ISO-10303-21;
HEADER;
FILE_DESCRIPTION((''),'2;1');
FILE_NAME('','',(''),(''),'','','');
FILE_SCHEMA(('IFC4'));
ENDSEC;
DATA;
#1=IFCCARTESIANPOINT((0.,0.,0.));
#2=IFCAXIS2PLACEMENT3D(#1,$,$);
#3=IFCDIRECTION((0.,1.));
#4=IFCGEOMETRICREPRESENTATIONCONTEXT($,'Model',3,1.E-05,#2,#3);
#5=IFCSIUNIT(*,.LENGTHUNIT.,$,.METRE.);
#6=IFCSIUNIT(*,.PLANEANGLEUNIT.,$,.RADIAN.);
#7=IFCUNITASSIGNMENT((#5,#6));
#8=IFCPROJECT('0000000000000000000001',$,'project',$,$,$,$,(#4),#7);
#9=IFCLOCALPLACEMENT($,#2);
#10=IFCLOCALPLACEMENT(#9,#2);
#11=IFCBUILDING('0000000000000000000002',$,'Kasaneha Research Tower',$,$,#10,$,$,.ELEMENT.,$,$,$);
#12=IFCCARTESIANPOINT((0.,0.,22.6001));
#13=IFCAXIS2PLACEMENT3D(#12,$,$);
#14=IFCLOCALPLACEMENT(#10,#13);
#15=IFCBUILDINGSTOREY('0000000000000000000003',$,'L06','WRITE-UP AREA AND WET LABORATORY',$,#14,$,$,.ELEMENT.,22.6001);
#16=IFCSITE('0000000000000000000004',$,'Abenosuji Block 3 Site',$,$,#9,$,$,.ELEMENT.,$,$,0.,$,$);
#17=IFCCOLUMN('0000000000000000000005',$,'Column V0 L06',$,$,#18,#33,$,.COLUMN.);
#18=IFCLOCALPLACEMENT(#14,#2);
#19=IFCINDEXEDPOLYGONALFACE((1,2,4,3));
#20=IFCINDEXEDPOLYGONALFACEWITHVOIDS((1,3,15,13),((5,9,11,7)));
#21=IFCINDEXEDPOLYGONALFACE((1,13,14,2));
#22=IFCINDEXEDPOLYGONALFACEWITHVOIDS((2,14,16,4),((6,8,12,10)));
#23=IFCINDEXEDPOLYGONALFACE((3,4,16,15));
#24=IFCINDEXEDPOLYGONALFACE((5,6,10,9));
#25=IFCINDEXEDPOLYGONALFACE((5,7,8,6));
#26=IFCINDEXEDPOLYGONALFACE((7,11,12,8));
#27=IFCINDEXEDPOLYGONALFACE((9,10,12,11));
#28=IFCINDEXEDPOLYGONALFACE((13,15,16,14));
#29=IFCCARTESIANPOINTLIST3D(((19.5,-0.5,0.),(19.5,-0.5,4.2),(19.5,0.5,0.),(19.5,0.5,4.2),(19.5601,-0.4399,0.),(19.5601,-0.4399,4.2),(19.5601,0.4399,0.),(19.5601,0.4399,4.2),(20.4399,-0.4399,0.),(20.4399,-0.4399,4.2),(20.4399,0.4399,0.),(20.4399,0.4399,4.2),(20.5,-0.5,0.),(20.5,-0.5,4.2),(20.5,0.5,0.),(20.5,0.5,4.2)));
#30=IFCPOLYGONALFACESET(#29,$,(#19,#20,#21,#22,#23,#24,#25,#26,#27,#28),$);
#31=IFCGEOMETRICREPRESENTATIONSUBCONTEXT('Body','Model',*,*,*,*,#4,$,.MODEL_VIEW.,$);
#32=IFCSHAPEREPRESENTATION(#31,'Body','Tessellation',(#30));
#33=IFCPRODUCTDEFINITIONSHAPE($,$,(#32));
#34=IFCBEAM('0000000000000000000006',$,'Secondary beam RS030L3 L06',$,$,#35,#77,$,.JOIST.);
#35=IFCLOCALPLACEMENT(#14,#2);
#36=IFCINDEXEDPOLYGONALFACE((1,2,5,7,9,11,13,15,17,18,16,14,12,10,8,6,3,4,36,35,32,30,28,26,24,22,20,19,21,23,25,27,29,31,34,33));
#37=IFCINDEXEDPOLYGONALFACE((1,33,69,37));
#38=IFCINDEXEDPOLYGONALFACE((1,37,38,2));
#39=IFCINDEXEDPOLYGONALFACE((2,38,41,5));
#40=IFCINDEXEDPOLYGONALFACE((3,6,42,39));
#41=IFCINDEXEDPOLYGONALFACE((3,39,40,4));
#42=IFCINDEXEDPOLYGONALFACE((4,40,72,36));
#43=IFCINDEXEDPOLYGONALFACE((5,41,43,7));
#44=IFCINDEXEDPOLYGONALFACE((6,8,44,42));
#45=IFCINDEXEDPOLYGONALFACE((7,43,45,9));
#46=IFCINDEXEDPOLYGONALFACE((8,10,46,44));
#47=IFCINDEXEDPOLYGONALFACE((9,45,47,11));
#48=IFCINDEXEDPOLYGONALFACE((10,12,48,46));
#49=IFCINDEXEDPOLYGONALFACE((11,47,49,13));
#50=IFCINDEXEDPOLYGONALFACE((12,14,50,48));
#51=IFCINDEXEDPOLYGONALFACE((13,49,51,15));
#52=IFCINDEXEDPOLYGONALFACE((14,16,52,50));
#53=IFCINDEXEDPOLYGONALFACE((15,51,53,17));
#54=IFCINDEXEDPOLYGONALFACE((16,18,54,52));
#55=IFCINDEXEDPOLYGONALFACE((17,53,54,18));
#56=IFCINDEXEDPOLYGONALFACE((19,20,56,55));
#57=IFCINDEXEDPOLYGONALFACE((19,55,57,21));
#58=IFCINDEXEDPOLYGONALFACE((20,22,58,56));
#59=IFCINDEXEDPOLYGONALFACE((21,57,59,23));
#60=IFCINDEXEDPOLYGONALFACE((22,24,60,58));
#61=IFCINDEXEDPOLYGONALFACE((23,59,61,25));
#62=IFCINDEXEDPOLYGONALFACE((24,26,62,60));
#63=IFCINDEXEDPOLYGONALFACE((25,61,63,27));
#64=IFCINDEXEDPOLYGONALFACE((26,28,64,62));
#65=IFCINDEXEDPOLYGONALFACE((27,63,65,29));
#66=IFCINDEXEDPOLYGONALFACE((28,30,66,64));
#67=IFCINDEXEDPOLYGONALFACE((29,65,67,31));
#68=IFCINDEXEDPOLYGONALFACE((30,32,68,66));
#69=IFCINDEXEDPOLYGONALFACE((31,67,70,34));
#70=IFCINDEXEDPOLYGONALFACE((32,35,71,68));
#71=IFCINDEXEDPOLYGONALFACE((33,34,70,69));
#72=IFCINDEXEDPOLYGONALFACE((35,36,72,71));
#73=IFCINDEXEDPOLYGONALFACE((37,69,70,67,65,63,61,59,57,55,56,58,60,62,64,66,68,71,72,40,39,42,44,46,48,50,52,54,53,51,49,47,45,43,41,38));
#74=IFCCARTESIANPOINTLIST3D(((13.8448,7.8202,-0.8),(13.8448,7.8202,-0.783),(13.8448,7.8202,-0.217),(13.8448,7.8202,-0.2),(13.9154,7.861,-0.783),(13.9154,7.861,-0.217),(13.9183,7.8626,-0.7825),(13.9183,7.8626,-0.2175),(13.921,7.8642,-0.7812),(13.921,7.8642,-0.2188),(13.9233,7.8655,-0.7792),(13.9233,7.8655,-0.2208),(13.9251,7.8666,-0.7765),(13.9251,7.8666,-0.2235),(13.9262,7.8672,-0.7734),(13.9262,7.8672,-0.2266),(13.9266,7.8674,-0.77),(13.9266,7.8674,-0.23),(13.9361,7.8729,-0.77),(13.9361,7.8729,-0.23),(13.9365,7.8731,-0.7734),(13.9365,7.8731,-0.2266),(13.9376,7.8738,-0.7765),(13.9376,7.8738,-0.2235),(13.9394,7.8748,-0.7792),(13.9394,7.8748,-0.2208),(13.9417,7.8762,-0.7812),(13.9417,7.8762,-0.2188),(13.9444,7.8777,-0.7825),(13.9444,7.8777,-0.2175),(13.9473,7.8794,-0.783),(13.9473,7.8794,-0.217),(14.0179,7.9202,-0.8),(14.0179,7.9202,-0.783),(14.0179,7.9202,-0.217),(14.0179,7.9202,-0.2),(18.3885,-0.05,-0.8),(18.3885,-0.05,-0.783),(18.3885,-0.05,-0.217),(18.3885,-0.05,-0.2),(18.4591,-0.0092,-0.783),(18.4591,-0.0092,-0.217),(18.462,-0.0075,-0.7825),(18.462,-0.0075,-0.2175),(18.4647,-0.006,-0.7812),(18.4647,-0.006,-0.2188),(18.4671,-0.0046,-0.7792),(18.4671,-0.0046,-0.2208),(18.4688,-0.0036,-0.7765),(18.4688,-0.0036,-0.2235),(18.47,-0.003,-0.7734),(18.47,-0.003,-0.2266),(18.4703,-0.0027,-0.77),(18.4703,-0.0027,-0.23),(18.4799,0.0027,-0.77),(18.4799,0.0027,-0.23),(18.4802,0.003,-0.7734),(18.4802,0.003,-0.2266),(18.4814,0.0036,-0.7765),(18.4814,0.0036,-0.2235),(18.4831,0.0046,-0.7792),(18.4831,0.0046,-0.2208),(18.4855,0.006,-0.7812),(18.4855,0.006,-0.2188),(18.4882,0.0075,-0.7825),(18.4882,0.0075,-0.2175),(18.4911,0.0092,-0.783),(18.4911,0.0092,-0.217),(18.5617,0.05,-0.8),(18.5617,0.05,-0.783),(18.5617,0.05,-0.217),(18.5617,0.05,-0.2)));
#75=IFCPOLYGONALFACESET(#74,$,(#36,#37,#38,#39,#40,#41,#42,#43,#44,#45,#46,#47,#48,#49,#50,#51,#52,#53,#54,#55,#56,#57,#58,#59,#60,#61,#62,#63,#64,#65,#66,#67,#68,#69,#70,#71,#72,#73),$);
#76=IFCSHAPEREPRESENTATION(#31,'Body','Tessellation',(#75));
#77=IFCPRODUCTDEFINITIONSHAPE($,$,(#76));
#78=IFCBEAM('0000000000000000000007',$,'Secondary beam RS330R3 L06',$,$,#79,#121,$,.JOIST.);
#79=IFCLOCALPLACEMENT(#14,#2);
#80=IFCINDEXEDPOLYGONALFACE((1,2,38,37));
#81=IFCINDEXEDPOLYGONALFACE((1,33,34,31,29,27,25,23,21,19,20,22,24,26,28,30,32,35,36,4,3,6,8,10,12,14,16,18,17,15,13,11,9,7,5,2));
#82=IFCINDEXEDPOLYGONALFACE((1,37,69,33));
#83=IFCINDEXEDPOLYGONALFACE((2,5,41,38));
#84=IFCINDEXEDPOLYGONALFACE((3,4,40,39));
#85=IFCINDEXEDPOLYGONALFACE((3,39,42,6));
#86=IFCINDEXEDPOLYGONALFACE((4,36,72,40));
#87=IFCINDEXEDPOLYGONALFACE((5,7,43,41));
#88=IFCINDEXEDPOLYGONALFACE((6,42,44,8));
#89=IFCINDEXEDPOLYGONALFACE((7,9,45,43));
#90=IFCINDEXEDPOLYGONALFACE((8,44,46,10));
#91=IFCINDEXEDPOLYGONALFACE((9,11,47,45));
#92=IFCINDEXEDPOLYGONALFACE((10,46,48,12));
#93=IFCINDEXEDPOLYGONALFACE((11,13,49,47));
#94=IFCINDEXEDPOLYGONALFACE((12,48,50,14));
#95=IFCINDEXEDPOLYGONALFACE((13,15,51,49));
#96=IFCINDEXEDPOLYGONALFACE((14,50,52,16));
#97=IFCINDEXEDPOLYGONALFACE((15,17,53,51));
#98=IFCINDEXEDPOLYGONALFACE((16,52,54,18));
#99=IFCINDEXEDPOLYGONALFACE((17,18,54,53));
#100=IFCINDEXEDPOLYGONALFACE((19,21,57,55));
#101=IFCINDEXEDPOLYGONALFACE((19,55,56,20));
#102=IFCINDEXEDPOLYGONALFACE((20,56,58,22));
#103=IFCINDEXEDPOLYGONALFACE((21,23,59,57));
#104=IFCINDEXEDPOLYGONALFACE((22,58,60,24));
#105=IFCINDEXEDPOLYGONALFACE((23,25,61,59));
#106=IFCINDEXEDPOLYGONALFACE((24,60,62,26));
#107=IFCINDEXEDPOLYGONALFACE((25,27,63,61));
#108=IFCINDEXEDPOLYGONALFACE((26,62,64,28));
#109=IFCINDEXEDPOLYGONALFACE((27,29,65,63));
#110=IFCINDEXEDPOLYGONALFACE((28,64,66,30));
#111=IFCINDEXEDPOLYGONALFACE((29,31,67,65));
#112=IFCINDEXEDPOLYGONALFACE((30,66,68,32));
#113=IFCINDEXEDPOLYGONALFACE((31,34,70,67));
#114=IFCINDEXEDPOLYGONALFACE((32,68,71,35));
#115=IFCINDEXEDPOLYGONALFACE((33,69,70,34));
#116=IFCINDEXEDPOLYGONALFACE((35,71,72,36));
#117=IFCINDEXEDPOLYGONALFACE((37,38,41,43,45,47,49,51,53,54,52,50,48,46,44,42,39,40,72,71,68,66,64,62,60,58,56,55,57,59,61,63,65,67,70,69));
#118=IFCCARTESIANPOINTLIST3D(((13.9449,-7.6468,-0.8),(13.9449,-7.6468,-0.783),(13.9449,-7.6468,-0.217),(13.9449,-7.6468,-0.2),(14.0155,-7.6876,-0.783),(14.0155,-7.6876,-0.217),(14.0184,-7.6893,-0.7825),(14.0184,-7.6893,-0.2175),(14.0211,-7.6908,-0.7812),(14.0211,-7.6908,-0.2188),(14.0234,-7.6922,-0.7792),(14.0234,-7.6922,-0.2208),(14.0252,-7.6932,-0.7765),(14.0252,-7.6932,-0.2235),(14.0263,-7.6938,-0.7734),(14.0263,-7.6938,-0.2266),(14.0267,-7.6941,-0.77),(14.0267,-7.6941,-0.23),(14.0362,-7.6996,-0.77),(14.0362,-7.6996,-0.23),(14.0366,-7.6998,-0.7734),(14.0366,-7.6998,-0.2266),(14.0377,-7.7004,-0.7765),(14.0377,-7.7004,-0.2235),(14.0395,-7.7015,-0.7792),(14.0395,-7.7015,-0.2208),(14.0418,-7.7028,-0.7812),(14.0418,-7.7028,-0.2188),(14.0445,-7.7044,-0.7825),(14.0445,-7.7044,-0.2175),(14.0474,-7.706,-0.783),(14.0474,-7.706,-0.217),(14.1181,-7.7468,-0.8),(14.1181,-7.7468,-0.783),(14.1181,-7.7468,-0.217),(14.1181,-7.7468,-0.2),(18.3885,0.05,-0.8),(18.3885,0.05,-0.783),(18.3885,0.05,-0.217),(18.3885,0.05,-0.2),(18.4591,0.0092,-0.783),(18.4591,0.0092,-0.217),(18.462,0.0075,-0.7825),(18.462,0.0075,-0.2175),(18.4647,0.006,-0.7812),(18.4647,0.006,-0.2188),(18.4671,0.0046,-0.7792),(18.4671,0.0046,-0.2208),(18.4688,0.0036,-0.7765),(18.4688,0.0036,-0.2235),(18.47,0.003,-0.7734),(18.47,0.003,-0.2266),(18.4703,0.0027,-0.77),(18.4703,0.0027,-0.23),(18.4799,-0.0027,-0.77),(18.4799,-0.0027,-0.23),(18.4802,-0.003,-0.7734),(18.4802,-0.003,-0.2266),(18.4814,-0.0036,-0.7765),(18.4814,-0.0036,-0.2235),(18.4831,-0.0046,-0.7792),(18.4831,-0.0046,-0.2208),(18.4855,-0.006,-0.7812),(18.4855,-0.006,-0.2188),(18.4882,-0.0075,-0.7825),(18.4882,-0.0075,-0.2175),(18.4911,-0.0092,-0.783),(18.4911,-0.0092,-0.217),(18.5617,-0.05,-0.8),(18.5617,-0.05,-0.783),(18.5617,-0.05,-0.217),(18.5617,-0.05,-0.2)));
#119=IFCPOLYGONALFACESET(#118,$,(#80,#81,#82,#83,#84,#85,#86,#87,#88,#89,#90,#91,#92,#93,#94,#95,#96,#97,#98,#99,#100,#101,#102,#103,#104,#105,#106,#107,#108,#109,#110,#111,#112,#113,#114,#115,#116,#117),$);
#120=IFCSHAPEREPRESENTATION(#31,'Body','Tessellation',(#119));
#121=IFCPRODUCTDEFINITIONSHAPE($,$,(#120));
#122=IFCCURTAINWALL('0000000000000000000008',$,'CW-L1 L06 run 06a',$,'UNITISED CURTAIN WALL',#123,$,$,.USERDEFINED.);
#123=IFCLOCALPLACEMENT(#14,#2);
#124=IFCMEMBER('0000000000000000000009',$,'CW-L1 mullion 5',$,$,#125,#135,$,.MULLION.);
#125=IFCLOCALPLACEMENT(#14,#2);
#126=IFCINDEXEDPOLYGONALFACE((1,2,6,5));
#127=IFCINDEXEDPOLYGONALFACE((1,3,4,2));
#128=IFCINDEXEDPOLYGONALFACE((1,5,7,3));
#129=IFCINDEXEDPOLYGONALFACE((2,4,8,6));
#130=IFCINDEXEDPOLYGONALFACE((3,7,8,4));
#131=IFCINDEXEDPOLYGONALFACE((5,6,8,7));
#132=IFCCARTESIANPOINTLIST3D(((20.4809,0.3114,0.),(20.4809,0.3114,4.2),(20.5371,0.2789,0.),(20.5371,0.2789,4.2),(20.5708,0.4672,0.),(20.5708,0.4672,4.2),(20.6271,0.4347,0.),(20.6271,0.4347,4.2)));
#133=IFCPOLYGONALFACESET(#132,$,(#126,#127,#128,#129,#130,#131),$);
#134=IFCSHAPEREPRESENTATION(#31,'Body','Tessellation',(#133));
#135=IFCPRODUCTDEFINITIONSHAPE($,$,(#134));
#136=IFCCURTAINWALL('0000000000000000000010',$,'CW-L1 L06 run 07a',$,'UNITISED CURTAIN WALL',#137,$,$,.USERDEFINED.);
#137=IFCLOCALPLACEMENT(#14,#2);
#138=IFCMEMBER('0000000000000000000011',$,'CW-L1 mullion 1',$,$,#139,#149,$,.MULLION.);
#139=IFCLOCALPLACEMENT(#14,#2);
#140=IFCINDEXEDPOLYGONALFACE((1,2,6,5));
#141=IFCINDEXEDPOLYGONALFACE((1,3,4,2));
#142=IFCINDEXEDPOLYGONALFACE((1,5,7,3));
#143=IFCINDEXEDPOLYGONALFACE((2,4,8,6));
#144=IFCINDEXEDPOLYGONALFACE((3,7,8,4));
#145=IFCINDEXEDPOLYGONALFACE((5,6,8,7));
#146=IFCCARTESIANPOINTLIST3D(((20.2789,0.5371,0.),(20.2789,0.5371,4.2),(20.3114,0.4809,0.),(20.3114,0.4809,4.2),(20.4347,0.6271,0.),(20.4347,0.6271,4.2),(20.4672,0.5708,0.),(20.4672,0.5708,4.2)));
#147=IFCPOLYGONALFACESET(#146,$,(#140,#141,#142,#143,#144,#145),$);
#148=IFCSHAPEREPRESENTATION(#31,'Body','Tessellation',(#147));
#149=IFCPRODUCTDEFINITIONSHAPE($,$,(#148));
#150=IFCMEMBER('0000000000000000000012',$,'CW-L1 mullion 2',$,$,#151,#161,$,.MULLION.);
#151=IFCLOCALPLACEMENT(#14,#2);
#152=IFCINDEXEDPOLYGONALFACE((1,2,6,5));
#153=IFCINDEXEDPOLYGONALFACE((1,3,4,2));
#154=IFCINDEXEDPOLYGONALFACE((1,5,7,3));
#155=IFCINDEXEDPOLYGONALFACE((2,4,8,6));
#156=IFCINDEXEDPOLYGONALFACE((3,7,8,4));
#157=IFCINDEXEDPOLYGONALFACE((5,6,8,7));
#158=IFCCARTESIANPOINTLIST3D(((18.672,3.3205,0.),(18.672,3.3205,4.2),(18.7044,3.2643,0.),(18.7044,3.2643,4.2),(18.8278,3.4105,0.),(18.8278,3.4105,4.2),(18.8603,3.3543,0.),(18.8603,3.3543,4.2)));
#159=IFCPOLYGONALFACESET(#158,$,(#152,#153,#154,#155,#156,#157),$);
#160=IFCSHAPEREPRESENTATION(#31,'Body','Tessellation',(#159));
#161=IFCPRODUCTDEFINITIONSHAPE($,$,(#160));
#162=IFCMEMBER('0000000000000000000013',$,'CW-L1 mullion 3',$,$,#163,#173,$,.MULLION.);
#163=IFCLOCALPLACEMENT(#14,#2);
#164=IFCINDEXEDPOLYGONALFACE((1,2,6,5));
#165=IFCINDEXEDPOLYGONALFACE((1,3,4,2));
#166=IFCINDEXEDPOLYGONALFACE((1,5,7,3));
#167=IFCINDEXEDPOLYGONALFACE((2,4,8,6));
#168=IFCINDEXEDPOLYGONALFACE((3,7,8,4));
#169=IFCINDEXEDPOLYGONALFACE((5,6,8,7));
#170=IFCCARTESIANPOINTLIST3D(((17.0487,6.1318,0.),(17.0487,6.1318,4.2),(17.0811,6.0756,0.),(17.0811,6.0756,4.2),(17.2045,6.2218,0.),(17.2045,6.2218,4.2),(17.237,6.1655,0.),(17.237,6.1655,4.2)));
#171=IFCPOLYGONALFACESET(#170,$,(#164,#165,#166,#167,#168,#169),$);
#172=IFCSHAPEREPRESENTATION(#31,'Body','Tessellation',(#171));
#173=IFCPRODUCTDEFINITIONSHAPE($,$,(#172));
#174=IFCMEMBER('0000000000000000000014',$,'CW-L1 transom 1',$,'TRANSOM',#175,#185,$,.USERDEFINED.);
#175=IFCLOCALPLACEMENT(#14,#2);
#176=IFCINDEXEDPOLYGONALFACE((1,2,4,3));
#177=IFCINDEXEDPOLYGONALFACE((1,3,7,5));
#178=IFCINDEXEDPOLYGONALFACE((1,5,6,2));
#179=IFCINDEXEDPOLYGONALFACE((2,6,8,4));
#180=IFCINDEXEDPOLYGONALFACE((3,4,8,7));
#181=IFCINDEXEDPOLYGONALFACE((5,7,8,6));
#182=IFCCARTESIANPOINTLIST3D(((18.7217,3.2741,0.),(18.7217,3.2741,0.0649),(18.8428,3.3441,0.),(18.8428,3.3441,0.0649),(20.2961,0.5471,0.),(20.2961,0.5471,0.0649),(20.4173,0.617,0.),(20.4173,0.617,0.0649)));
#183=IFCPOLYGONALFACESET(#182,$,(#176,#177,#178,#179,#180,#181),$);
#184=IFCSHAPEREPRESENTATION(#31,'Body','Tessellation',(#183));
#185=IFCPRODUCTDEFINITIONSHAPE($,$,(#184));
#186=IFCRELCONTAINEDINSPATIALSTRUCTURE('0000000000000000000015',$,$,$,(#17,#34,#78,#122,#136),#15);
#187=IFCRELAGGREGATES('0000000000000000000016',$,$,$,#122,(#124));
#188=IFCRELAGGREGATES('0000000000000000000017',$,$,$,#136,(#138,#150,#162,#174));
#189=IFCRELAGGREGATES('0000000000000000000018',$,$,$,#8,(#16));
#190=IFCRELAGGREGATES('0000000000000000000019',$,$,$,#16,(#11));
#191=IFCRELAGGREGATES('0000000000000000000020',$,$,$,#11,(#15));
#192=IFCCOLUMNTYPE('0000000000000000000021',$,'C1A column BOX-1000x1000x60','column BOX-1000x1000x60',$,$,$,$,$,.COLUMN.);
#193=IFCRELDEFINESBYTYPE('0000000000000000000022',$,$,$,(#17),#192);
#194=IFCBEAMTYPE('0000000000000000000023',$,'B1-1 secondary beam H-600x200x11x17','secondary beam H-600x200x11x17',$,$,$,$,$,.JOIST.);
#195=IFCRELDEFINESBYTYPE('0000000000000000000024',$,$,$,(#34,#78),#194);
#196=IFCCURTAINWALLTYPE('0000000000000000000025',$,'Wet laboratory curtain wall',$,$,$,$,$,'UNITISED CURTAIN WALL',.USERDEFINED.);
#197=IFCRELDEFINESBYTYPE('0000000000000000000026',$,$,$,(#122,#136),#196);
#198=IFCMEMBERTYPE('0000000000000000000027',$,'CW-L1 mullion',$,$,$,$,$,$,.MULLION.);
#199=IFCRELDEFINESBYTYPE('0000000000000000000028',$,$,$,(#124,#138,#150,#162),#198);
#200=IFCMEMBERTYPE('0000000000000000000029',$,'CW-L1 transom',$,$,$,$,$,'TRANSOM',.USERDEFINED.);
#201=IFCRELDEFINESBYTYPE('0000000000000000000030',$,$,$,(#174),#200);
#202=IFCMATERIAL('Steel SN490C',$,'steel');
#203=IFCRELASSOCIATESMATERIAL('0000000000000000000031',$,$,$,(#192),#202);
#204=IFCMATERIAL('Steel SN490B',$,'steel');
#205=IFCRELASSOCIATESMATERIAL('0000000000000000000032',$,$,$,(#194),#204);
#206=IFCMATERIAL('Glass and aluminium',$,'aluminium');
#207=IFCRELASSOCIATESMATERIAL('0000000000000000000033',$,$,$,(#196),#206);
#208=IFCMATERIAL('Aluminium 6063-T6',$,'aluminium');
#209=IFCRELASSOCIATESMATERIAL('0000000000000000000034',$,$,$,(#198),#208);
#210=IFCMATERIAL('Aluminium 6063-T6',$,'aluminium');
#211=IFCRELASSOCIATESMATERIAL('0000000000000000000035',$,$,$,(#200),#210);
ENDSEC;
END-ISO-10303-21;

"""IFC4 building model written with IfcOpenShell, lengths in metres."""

from ifc_helpers import new_model, si_unit, direction, frame, origin, origin_2d, place, context, subcontext, project, spatial, rectangle, hollow_rectangle, i_section, extrude, material, material_profile, profile_set, type_object, element, aggregate, save


model = new_model("IFC4")

# Units and contexts
model_context = context("Model", 3, precision=1e-05, world=origin(), true_north=direction((0.0, 1.0)))
body_context = subcontext(model_context, "Body", "Model", "MODEL_VIEW")
ifc_project = project(units=[si_unit("LENGTHUNIT", "METRE"), si_unit("PLANEANGLEUNIT", "RADIAN")], contexts=[model_context])

# Site, building, storey
site_placement = place(None, origin())
site = spatial("IfcSite", under=ifc_project, at=site_placement, Name="Abenosuji Block 3 Site", CompositionType="ELEMENT", RefElevation=0.0)
building_placement = place(site_placement, origin())
building = spatial("IfcBuilding", under=site, at=building_placement, Name="Kasaneha Research Tower", CompositionType="ELEMENT")
storey_placement = place(building_placement, frame((0.0, 0.0, 22.6001)))
storey = spatial("IfcBuildingStorey", under=building, at=storey_placement, Name="L06", Description="WRITE-UP AREA AND WET LABORATORY", CompositionType="ELEMENT", Elevation=22.6001)

# Column
ifc_material_1 = material(Name="Steel SN490C", Category="steel")
ifc_material_profile_1 = material_profile(ifc_material_1, hollow_rectangle(XDim=1.0, YDim=1.0, WallThickness=0.0601, at=origin_2d()), Name="BOX-1000x1000x60")
ifc_profile_set_1 = profile_set([ifc_material_profile_1], Name="Steel SN490C")
column_type = type_object("IfcColumnType", Name="C1A column BOX-1000x1000x60", Description="column BOX-1000x1000x60", PredefinedType="COLUMN", material=ifc_profile_set_1)
column_placement = place(storey_placement, frame((20.0, 0.0, 0.0), z_axis=(0.0, 0.0, 1.0), x_axis=(1.0, 0.0, 0.0)))
element("IfcColumn", 1, at=column_placement, inside=storey, type_object=column_type, Name="Column V0 L06", PredefinedType="COLUMN", context=body_context, shape_type="SweptSolid", body=[
    extrude(hollow_rectangle(XDim=1.0, YDim=1.0, WallThickness=0.0601, at=origin_2d()), origin(), (0.0, 0.0, 1.0), 4.2),
])

# Beams
ifc_material_2 = material(Name="Steel SN490B", Category="steel")
ifc_material_profile_2 = material_profile(ifc_material_2, i_section(OverallWidth=0.2, OverallDepth=0.6001, WebThickness=0.011, FlangeThickness=0.0171, FilletRadius=0.0129, at=origin_2d()), Name="H-600x200x11x17")
ifc_profile_set_2 = profile_set([ifc_material_profile_2], Name="Steel SN490B")
beam_type_1 = type_object("IfcBeamType", Name="B1-1 secondary beam H-600x200x11x17", Description="secondary beam H-600x200x11x17", PredefinedType="JOIST", material=ifc_profile_set_2)
beam_1_placement = place(storey_placement, frame((18.4751, 0.0, -0.5), z_axis=(-0.499991, 0.866031, 0.0), x_axis=(-0.866031, -0.499991, 0.0)))
element("IfcBeam", 2, at=beam_1_placement, inside=storey, type_object=beam_type_1, Name="Secondary beam RS030L3 L06", PredefinedType="JOIST", context=body_context, shape_type="SweptSolid", body=[
    extrude(i_section(OverallWidth=0.2, OverallDepth=0.6001, WebThickness=0.011, FlangeThickness=0.0171, FilletRadius=0.0129, at=origin_2d()), origin(), (0.0, 0.0, 1.0), 9.0876),
])
beam_2_placement = place(storey_placement, frame((18.4751, 0.0, -0.5), z_axis=(-0.499989, -0.866032, 0.0), x_axis=(0.866032, -0.499989, 0.0)))
element("IfcBeam", 3, at=beam_2_placement, inside=storey, type_object=beam_type_1, Name="Secondary beam RS330R3 L06", PredefinedType="JOIST", context=body_context, shape_type="SweptSolid", body=[
    extrude(i_section(OverallWidth=0.2, OverallDepth=0.6001, WebThickness=0.011, FlangeThickness=0.0171, FilletRadius=0.0129, at=origin_2d()), origin(), (0.0, 0.0, 1.0), 8.8875),
])

# Curtain wall, member
ifc_material_3 = material(Name="Glass and aluminium", Category="aluminium")
curtain_wall_type = type_object("IfcCurtainWallType", Name="Wet laboratory curtain wall", ElementType="UNITISED CURTAIN WALL", PredefinedType="USERDEFINED", material=ifc_material_3)
curtain_wall_1_placement = place(storey_placement, origin())
curtain_wall_1 = element("IfcCurtainWall", 4, at=curtain_wall_1_placement, inside=storey, type_object=curtain_wall_type, Name="CW-L1 L06 run 06a", ObjectType="UNITISED CURTAIN WALL", PredefinedType="USERDEFINED")
ifc_material_4 = material(Name="Aluminium 6063-T6", Category="aluminium")
ifc_material_profile_3 = material_profile(ifc_material_4, rectangle(XDim=0.0649, YDim=0.1799, at=origin_2d()), Name="CW-L1 mullion 65x180")
ifc_profile_set_3 = profile_set([ifc_material_profile_3], Name="Aluminium 6063-T6")
member_type_1 = type_object("IfcMemberType", Name="CW-L1 mullion", PredefinedType="MULLION", material=ifc_profile_set_3)
member_1_placement = place(storey_placement, frame((20.554, 0.373, 0.0), z_axis=(0.0, 0.0, 1.0), x_axis=(-0.866025, 0.5, 0.0)))
member_1 = element("IfcMember", 5, at=member_1_placement, type_object=member_type_1, Name="CW-L1 mullion 5", PredefinedType="MULLION", context=body_context, shape_type="SweptSolid", body=[
    extrude(rectangle(XDim=0.0649, YDim=0.1799, at=origin_2d()), origin(), (0.0, 0.0, 1.0), 4.2),
])
aggregate(curtain_wall_1, [member_1])

# Curtain wall, members
curtain_wall_2_placement = place(storey_placement, origin())
curtain_wall_2 = element("IfcCurtainWall", 6, at=curtain_wall_2_placement, inside=storey, type_object=curtain_wall_type, Name="CW-L1 L06 run 07a", ObjectType="UNITISED CURTAIN WALL", PredefinedType="USERDEFINED")
member_2_placement = place(storey_placement, frame((20.373, 0.554, 0.0), z_axis=(0.0, 0.0, 1.0), x_axis=(-0.5, 0.866025, 0.0)))
member_2 = element("IfcMember", 7, at=member_2_placement, type_object=member_type_1, Name="CW-L1 mullion 1", PredefinedType="MULLION", context=body_context, shape_type="SweptSolid", body=[
    extrude(rectangle(XDim=0.0649, YDim=0.1799, at=origin_2d()), origin(), (0.0, 0.0, 1.0), 4.2),
])
member_3_placement = place(storey_placement, frame((18.7661, 3.3374, 0.0), z_axis=(0.0, 0.0, 1.0), x_axis=(-0.5, 0.866025, 0.0)))
member_3 = element("IfcMember", 8, at=member_3_placement, type_object=member_type_1, Name="CW-L1 mullion 2", PredefinedType="MULLION", context=body_context, shape_type="SweptSolid", body=[
    extrude(rectangle(XDim=0.0649, YDim=0.1799, at=origin_2d()), origin(), (0.0, 0.0, 1.0), 4.2),
])
member_4_placement = place(storey_placement, frame((17.1428, 6.1487, 0.0), z_axis=(0.0, 0.0, 1.0), x_axis=(-0.5, 0.866025, 0.0)))
member_4 = element("IfcMember", 9, at=member_4_placement, type_object=member_type_1, Name="CW-L1 mullion 3", PredefinedType="MULLION", context=body_context, shape_type="SweptSolid", body=[
    extrude(rectangle(XDim=0.0649, YDim=0.1799, at=origin_2d()), origin(), (0.0, 0.0, 1.0), 4.2),
])
ifc_material_5 = material(Name="Aluminium 6063-T6", Category="aluminium")
ifc_material_profile_4 = material_profile(ifc_material_5, rectangle(XDim=0.1399, YDim=0.0649, at=origin_2d()), Name="CW-L1 transom 140x65")
ifc_profile_set_4 = profile_set([ifc_material_profile_4], Name="Aluminium 6063-T6")
member_type_2 = type_object("IfcMemberType", Name="CW-L1 transom", ElementType="TRANSOM", PredefinedType="USERDEFINED", material=ifc_profile_set_4)
member_5_placement = place(storey_placement, frame((20.3567, 0.582, 0.0325), z_axis=(-0.5, 0.866025, 0.0), x_axis=(-0.866025, -0.5, 0.0)))
member_5 = element("IfcMember", 10, at=member_5_placement, type_object=member_type_2, Name="CW-L1 transom 1", ObjectType="TRANSOM", PredefinedType="USERDEFINED", context=body_context, shape_type="SweptSolid", body=[
    extrude(rectangle(XDim=0.1399, YDim=0.0649, at=origin_2d()), origin(), (0.0, 0.0, 1.0), 3.1489),
])

aggregate(curtain_wall_2, [member_2, member_3, member_4, member_5])

save(model, "model.ifc")
